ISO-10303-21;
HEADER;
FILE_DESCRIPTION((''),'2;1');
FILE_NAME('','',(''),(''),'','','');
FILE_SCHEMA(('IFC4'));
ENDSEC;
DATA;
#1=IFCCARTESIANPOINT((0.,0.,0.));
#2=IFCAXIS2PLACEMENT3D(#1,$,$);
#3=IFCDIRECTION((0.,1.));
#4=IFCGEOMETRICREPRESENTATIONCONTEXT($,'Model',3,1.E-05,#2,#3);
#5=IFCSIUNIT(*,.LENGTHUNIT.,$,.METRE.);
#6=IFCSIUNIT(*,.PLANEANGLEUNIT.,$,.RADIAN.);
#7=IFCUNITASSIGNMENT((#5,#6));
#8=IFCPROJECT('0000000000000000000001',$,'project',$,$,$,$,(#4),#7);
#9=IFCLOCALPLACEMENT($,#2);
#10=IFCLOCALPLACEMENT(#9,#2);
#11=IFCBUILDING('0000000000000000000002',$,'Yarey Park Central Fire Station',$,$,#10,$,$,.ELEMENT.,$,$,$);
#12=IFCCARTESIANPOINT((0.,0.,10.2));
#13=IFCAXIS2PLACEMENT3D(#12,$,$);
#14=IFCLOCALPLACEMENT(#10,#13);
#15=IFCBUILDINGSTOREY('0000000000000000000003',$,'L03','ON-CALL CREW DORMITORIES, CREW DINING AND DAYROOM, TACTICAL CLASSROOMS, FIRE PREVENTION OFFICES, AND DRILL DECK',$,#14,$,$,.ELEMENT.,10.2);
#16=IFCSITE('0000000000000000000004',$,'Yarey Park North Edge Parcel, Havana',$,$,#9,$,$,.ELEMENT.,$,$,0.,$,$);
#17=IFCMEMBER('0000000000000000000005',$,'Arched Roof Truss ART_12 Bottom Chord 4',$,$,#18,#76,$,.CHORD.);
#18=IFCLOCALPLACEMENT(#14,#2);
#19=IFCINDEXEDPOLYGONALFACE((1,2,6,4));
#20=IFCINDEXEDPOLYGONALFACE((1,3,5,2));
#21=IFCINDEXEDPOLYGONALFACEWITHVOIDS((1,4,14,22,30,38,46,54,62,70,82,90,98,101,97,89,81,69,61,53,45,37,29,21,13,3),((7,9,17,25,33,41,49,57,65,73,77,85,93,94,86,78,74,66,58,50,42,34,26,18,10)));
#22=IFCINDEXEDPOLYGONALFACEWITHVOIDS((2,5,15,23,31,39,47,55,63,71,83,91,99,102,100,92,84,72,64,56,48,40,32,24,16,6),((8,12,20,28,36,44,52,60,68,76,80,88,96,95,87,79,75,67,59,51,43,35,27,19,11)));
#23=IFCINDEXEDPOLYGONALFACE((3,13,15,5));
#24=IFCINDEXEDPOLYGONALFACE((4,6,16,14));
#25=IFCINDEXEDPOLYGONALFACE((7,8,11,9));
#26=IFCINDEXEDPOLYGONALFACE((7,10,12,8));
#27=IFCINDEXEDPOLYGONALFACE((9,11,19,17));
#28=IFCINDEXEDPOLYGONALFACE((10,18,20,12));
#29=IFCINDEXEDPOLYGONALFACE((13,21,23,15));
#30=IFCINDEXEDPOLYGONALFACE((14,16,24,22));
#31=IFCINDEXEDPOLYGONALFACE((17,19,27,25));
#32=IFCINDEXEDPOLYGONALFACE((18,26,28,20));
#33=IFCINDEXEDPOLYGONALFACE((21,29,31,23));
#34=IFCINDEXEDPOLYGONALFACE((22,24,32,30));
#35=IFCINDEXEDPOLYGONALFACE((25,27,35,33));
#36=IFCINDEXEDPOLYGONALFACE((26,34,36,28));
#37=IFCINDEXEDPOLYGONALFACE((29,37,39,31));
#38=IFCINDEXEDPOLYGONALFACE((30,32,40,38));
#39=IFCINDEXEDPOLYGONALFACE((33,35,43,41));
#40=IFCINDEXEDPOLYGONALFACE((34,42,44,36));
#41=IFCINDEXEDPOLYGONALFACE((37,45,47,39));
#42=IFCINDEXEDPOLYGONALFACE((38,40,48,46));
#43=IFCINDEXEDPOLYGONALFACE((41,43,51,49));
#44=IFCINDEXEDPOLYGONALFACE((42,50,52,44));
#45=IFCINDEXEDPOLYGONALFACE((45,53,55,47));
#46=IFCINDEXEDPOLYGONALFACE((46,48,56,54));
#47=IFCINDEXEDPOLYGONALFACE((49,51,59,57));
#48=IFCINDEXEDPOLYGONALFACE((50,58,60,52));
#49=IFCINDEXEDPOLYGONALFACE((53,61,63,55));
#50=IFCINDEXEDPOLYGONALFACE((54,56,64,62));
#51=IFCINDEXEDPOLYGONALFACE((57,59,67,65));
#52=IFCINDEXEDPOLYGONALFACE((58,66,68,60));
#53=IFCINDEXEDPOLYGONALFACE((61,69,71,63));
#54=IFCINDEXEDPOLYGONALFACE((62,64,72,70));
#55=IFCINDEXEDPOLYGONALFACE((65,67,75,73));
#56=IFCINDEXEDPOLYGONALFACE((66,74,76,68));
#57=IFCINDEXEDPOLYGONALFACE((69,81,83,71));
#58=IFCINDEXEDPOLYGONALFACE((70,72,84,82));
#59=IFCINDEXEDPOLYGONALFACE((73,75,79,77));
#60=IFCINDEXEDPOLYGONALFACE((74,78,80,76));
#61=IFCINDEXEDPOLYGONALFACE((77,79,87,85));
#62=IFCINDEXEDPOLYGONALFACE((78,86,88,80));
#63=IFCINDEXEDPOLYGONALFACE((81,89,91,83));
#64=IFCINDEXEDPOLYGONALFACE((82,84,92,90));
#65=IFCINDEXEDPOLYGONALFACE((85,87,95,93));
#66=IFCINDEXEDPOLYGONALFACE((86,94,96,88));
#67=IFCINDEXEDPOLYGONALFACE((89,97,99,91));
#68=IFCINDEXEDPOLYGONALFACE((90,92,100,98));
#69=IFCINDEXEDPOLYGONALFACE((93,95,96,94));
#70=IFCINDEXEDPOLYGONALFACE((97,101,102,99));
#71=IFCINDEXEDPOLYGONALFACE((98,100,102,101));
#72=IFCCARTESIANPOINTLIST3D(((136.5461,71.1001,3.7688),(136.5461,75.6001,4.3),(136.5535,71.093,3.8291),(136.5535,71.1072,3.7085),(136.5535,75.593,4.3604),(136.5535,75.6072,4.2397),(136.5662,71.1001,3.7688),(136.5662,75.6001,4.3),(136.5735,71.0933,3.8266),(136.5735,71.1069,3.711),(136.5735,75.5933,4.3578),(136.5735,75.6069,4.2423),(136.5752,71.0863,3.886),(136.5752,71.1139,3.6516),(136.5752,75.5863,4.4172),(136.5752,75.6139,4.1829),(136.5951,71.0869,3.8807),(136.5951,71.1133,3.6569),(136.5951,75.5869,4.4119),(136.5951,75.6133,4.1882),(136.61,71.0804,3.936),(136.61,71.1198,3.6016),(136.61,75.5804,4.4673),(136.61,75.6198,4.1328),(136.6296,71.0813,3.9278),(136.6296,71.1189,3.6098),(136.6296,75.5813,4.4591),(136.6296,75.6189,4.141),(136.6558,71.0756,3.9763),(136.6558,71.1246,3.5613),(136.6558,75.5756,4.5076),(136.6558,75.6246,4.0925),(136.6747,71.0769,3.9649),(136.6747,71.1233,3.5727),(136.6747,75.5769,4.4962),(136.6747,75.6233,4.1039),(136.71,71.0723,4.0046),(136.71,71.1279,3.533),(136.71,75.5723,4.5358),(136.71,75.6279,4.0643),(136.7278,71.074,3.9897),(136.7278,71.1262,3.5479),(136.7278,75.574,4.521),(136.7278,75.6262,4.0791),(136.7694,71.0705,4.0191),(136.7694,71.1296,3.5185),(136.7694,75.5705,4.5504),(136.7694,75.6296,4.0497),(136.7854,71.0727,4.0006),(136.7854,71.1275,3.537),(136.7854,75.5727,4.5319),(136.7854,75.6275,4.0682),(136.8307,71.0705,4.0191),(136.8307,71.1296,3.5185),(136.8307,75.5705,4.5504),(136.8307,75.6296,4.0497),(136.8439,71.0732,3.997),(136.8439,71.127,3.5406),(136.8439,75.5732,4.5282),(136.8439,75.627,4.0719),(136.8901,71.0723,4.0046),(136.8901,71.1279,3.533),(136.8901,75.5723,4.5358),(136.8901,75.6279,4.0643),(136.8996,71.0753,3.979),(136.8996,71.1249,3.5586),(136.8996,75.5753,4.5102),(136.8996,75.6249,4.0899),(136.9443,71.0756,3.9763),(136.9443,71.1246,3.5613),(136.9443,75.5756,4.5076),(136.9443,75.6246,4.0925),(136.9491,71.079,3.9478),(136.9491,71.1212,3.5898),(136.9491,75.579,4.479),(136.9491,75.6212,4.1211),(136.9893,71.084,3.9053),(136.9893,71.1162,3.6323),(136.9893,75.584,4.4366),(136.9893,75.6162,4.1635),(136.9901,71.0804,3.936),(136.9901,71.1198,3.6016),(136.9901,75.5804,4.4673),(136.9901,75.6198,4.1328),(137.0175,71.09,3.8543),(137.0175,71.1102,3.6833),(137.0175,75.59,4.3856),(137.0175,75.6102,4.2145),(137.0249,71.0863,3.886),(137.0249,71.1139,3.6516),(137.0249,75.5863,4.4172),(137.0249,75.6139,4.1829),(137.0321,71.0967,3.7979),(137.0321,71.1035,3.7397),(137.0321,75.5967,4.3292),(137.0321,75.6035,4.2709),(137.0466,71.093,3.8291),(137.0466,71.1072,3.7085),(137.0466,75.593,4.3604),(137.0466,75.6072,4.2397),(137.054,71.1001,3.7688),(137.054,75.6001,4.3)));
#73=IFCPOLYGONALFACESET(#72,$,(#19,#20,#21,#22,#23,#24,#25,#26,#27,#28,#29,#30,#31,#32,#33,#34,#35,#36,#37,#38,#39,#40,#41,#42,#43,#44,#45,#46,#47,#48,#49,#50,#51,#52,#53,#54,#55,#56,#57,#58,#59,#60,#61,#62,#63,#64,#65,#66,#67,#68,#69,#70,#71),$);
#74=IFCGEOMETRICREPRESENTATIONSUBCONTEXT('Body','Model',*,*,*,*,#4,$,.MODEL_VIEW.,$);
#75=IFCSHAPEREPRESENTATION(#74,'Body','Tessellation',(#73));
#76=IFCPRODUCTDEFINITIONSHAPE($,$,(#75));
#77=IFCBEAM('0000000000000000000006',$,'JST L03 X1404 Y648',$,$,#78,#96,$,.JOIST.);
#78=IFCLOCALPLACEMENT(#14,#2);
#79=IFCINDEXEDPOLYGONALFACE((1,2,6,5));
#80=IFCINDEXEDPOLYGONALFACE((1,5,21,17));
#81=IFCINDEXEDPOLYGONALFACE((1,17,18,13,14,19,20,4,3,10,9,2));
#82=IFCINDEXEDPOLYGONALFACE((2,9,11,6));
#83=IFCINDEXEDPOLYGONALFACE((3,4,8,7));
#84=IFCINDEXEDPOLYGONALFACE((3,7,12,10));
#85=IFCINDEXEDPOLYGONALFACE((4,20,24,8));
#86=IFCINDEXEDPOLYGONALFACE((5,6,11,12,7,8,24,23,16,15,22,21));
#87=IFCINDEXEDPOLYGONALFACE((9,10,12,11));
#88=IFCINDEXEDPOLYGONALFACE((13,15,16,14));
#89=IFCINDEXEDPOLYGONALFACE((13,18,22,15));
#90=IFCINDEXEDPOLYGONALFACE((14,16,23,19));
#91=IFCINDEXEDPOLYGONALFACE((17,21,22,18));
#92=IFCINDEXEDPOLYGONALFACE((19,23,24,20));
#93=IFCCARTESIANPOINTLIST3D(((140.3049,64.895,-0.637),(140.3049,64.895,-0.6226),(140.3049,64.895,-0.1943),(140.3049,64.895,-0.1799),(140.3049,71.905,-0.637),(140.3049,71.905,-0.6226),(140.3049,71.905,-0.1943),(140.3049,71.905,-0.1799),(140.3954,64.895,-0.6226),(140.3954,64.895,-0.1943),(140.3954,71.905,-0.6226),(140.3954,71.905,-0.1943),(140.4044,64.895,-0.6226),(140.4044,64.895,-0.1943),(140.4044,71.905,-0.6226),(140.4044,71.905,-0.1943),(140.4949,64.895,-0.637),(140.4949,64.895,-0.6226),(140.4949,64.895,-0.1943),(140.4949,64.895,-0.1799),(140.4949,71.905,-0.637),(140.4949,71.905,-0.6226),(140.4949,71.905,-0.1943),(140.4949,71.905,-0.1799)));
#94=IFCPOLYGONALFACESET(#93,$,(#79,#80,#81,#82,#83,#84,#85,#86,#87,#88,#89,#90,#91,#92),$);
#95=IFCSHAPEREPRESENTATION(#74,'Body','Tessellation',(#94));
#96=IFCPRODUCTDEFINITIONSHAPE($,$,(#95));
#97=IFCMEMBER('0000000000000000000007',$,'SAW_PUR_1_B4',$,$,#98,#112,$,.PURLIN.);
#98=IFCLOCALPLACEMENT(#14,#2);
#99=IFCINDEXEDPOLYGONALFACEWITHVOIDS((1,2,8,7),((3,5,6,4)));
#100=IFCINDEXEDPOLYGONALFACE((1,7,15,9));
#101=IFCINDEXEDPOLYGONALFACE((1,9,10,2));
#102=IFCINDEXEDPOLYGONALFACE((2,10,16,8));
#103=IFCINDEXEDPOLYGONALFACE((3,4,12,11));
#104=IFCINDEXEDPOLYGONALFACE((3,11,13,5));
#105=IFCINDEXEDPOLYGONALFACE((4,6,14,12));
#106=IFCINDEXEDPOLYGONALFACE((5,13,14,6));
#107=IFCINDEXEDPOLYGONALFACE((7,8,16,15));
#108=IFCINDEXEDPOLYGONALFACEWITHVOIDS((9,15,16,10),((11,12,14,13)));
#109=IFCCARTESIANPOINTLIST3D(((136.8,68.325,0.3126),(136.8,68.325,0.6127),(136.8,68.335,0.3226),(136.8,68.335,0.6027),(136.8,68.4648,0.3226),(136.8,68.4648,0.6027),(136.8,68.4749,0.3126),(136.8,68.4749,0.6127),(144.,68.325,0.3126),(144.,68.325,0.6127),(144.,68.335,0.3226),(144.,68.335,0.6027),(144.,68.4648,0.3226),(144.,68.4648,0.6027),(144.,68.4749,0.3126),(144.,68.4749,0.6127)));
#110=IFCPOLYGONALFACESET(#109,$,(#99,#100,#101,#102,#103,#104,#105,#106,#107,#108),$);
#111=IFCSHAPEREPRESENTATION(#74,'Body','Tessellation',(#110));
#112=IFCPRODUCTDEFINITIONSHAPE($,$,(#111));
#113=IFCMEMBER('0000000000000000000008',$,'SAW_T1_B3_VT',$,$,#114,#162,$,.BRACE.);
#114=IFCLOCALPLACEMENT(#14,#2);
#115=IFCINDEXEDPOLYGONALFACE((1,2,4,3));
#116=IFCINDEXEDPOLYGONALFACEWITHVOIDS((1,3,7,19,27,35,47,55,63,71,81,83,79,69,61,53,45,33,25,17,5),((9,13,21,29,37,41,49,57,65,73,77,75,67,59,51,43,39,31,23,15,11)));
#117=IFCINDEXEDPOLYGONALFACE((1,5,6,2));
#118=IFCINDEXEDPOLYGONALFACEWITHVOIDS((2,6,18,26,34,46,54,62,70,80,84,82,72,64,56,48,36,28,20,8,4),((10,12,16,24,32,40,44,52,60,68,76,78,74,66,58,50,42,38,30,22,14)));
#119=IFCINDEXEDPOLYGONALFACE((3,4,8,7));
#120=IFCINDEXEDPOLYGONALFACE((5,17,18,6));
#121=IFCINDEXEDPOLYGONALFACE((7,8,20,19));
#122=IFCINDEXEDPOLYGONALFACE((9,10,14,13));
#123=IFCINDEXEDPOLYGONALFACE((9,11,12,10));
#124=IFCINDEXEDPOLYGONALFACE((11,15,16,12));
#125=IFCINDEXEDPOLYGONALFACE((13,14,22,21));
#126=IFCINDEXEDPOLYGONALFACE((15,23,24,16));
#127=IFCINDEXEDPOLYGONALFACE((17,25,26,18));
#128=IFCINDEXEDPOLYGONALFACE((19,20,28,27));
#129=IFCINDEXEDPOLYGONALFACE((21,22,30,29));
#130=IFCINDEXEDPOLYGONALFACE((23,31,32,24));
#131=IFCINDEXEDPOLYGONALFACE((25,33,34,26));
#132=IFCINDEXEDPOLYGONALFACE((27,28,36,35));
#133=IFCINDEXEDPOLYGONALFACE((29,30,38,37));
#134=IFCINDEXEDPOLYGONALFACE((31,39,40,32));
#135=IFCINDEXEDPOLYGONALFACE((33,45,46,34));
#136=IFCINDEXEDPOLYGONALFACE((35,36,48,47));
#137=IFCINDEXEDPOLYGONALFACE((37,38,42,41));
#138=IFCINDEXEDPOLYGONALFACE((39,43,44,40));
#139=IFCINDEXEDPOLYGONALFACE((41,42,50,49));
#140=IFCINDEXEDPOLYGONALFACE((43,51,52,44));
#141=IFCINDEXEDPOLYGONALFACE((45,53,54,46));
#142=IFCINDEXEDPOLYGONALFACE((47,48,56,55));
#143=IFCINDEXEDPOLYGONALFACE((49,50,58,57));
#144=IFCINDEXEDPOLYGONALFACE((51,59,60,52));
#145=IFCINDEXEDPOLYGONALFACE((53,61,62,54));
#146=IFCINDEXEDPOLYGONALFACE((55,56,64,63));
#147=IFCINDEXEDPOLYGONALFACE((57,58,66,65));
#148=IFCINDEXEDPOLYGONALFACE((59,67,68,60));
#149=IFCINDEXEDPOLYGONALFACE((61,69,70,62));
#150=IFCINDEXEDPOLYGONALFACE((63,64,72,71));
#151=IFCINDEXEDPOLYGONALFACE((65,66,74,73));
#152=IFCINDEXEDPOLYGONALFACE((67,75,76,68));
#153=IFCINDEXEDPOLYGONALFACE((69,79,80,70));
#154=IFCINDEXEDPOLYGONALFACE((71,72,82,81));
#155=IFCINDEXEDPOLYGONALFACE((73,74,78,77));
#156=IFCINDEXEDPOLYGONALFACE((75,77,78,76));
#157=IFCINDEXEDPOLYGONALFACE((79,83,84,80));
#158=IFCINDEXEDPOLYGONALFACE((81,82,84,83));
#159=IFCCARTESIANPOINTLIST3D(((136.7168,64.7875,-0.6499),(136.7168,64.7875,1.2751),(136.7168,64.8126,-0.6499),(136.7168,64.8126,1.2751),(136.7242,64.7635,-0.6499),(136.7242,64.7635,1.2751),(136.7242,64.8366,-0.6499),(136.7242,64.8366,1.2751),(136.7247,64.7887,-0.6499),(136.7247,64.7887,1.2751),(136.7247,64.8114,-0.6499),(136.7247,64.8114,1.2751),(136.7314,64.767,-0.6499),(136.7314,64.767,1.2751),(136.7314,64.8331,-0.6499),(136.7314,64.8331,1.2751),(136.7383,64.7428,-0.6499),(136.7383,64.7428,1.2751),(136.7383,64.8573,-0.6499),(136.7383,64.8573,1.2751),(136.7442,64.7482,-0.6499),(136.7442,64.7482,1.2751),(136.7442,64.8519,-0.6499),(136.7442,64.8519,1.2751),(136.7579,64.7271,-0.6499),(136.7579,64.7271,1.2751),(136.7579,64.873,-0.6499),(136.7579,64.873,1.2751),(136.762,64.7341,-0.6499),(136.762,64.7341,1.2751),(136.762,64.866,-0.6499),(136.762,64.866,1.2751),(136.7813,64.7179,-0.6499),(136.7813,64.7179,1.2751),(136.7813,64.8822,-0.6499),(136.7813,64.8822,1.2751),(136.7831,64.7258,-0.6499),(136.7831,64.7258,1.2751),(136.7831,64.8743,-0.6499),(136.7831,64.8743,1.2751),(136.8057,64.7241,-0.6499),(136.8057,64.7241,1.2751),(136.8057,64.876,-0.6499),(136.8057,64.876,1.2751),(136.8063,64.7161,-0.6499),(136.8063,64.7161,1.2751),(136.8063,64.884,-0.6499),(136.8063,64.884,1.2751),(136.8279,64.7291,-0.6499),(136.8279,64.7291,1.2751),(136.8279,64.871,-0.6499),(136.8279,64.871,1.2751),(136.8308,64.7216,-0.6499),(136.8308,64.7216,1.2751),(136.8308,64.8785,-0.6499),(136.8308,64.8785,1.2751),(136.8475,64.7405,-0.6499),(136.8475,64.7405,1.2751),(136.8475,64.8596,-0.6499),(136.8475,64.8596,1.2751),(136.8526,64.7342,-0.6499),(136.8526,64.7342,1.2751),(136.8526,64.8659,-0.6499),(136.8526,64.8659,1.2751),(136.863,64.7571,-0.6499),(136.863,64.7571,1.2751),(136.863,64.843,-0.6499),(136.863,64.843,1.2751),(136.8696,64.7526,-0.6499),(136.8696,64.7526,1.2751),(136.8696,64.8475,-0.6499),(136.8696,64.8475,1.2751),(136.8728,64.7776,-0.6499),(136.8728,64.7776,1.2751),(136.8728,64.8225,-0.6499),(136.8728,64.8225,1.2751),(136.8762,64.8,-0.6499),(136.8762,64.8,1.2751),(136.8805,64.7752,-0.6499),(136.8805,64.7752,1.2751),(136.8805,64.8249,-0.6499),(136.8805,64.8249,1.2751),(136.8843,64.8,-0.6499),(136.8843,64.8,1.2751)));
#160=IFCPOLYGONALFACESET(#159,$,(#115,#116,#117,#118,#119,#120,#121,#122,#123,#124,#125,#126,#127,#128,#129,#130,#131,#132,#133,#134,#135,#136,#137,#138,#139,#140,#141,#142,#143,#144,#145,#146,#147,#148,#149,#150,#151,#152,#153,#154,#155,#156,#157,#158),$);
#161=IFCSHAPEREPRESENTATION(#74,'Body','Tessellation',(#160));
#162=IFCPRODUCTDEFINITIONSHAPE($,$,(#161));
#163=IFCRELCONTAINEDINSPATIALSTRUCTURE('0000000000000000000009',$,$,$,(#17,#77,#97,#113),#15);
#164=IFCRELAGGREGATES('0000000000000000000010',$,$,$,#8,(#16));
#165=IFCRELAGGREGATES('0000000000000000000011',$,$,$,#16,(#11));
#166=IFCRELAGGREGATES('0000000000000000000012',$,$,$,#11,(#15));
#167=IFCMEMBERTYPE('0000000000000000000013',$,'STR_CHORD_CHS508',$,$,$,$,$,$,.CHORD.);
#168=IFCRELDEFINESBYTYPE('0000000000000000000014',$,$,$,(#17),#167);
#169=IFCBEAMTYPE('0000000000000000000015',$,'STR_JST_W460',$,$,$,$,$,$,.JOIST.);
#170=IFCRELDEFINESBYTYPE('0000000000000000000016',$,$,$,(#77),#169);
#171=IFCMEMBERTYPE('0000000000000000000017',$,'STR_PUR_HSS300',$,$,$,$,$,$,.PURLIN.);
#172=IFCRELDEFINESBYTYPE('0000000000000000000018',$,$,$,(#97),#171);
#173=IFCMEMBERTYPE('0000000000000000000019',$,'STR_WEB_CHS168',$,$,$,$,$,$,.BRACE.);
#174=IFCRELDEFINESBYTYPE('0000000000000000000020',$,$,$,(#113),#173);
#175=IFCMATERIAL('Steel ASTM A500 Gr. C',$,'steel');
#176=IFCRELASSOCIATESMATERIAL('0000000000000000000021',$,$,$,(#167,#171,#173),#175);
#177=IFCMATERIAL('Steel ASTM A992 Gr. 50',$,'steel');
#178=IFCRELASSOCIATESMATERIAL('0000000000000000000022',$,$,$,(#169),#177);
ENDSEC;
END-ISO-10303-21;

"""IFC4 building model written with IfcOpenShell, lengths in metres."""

from ifc_helpers import new_model, si_unit, direction, frame, origin, origin_2d, place, context, subcontext, project, spatial, hollow_rectangle, hollow_circle, i_section, extrude, material, material_profile, profile_set, type_object, element, save


model = new_model("IFC4")

# Units and contexts
model_context = context("Model", 3, precision=1e-05, world=origin(), true_north=direction((0.0, 1.0)))
body_context = subcontext(model_context, "Body", "Model", "MODEL_VIEW")
ifc_project = project(units=[si_unit("LENGTHUNIT", "METRE"), si_unit("PLANEANGLEUNIT", "RADIAN")], contexts=[model_context])

# Site, building, storey
site_placement = place(None, origin())
site = spatial("IfcSite", under=ifc_project, at=site_placement, Name="Yarey Park North Edge Parcel, Havana", CompositionType="ELEMENT", RefElevation=0.0)
building_placement = place(site_placement, origin())
building = spatial("IfcBuilding", under=site, at=building_placement, Name="Yarey Park Central Fire Station", CompositionType="ELEMENT")
storey_placement = place(building_placement, frame((0.0, 0.0, 10.2)))
storey = spatial("IfcBuildingStorey", under=building, at=storey_placement, Name="L03", Description="ON-CALL CREW DORMITORIES, CREW DINING AND DAYROOM, TACTICAL CLASSROOMS, FIRE PREVENTION OFFICES, AND DRILL DECK", CompositionType="ELEMENT", Elevation=10.2)

# Shared definitions
ifc_material_1 = material(Name="Steel ASTM A992 Gr. 50", Category="steel")

# Member
ifc_material_2 = material(Name="Steel ASTM A500 Gr. C", Category="steel")
ifc_material_profile_1 = material_profile(ifc_material_2, hollow_circle(Radius=0.2539, WallThickness=0.02, at=origin_2d()), Name="CHS 508x20")
ifc_profile_set_1 = profile_set([ifc_material_profile_1], Name="Steel ASTM A500 Gr. C")
member_type_1 = type_object("IfcMemberType", Name="STR_CHORD_CHS508", PredefinedType="CHORD", material=ifc_profile_set_1)
member_1_placement = place(storey_placement, frame((136.8, 71.1001, 3.7688), z_axis=(0.0, 0.993103, 0.117241), x_axis=(-1.0, 0.0, 0.0)))
element("IfcMember", 1, at=member_1_placement, inside=storey, type_object=member_type_1, Name="Arched Roof Truss ART_12 Bottom Chord 4", PredefinedType="CHORD", context=body_context, shape_type="SweptSolid", body=[
    extrude(hollow_circle(Radius=0.2539, WallThickness=0.02, at=origin_2d()), origin(), (0.0, 0.0, 1.0), 4.5312),
])

# Beam
ifc_material_profile_2 = material_profile(ifc_material_1, i_section(OverallWidth=0.1899, OverallDepth=0.457, WebThickness=0.009, FlangeThickness=0.0144, at=origin_2d()), Name="W460x74")
ifc_profile_set_2 = profile_set([ifc_material_profile_2], Name="Steel ASTM A992 Gr. 50")
beam_type_1 = type_object("IfcBeamType", Name="STR_JST_W460", PredefinedType="JOIST", material=ifc_profile_set_2)
beam_1_placement = place(storey_placement, frame((140.3999, 64.895, -0.4084), z_axis=(0.0, 1.0, 0.0), x_axis=(-1.0, 0.0, 0.0)))
element("IfcBeam", 2, at=beam_1_placement, inside=storey, type_object=beam_type_1, Name="JST L03 X1404 Y648", PredefinedType="JOIST", context=body_context, shape_type="SweptSolid", body=[
    extrude(i_section(OverallWidth=0.1899, OverallDepth=0.457, WebThickness=0.009, FlangeThickness=0.0144, at=origin_2d()), origin(), (0.0, 0.0, 1.0), 7.01),
])

# Members
ifc_material_profile_3 = material_profile(ifc_material_2, hollow_rectangle(XDim=0.1499, YDim=0.3, WallThickness=0.01, at=origin_2d()), Name="HSS 300x150x10")
ifc_profile_set_3 = profile_set([ifc_material_profile_3], Name="Steel ASTM A500 Gr. C")
member_type_2 = type_object("IfcMemberType", Name="STR_PUR_HSS300", PredefinedType="PURLIN", material=ifc_profile_set_3)
member_2_placement = place(storey_placement, frame((136.8, 68.3999, 0.4626), z_axis=(1.0, 0.0, 0.0), x_axis=(0.0, 1.0, 0.0)))
element("IfcMember", 3, at=member_2_placement, inside=storey, type_object=member_type_2, Name="SAW_PUR_1_B4", PredefinedType="PURLIN", context=body_context, shape_type="SweptSolid", body=[
    extrude(hollow_rectangle(XDim=0.1499, YDim=0.3, WallThickness=0.01, at=origin_2d()), origin(), (0.0, 0.0, 1.0), 7.2),
])
ifc_material_profile_4 = material_profile(ifc_material_2, hollow_circle(Radius=0.0842, WallThickness=0.0081, at=origin_2d()), Name="CHS 168.3x8")
ifc_profile_set_4 = profile_set([ifc_material_profile_4], Name="Steel ASTM A500 Gr. C")
member_type_3 = type_object("IfcMemberType", Name="STR_WEB_CHS168", PredefinedType="BRACE", material=ifc_profile_set_4)
for number, where, z_axis, x_axis, name in (
    (4, (136.8, 64.8, -0.6499), (0.0, 0.0, 1.0), (1.0, 0.0, 0.0), "SAW_T1_B3_VT"),
):
    element("IfcMember", number, at=place(storey_placement, frame(where, z_axis=z_axis, x_axis=x_axis)), inside=storey, type_object=member_type_3, Name=name, PredefinedType="BRACE", context=body_context, shape_type="SweptSolid", body=[
        extrude(hollow_circle(Radius=0.0842, WallThickness=0.0081, at=origin_2d()), origin(), (0.0, 0.0, 1.0), 1.925),
    ])

save(model, "model.ifc")
